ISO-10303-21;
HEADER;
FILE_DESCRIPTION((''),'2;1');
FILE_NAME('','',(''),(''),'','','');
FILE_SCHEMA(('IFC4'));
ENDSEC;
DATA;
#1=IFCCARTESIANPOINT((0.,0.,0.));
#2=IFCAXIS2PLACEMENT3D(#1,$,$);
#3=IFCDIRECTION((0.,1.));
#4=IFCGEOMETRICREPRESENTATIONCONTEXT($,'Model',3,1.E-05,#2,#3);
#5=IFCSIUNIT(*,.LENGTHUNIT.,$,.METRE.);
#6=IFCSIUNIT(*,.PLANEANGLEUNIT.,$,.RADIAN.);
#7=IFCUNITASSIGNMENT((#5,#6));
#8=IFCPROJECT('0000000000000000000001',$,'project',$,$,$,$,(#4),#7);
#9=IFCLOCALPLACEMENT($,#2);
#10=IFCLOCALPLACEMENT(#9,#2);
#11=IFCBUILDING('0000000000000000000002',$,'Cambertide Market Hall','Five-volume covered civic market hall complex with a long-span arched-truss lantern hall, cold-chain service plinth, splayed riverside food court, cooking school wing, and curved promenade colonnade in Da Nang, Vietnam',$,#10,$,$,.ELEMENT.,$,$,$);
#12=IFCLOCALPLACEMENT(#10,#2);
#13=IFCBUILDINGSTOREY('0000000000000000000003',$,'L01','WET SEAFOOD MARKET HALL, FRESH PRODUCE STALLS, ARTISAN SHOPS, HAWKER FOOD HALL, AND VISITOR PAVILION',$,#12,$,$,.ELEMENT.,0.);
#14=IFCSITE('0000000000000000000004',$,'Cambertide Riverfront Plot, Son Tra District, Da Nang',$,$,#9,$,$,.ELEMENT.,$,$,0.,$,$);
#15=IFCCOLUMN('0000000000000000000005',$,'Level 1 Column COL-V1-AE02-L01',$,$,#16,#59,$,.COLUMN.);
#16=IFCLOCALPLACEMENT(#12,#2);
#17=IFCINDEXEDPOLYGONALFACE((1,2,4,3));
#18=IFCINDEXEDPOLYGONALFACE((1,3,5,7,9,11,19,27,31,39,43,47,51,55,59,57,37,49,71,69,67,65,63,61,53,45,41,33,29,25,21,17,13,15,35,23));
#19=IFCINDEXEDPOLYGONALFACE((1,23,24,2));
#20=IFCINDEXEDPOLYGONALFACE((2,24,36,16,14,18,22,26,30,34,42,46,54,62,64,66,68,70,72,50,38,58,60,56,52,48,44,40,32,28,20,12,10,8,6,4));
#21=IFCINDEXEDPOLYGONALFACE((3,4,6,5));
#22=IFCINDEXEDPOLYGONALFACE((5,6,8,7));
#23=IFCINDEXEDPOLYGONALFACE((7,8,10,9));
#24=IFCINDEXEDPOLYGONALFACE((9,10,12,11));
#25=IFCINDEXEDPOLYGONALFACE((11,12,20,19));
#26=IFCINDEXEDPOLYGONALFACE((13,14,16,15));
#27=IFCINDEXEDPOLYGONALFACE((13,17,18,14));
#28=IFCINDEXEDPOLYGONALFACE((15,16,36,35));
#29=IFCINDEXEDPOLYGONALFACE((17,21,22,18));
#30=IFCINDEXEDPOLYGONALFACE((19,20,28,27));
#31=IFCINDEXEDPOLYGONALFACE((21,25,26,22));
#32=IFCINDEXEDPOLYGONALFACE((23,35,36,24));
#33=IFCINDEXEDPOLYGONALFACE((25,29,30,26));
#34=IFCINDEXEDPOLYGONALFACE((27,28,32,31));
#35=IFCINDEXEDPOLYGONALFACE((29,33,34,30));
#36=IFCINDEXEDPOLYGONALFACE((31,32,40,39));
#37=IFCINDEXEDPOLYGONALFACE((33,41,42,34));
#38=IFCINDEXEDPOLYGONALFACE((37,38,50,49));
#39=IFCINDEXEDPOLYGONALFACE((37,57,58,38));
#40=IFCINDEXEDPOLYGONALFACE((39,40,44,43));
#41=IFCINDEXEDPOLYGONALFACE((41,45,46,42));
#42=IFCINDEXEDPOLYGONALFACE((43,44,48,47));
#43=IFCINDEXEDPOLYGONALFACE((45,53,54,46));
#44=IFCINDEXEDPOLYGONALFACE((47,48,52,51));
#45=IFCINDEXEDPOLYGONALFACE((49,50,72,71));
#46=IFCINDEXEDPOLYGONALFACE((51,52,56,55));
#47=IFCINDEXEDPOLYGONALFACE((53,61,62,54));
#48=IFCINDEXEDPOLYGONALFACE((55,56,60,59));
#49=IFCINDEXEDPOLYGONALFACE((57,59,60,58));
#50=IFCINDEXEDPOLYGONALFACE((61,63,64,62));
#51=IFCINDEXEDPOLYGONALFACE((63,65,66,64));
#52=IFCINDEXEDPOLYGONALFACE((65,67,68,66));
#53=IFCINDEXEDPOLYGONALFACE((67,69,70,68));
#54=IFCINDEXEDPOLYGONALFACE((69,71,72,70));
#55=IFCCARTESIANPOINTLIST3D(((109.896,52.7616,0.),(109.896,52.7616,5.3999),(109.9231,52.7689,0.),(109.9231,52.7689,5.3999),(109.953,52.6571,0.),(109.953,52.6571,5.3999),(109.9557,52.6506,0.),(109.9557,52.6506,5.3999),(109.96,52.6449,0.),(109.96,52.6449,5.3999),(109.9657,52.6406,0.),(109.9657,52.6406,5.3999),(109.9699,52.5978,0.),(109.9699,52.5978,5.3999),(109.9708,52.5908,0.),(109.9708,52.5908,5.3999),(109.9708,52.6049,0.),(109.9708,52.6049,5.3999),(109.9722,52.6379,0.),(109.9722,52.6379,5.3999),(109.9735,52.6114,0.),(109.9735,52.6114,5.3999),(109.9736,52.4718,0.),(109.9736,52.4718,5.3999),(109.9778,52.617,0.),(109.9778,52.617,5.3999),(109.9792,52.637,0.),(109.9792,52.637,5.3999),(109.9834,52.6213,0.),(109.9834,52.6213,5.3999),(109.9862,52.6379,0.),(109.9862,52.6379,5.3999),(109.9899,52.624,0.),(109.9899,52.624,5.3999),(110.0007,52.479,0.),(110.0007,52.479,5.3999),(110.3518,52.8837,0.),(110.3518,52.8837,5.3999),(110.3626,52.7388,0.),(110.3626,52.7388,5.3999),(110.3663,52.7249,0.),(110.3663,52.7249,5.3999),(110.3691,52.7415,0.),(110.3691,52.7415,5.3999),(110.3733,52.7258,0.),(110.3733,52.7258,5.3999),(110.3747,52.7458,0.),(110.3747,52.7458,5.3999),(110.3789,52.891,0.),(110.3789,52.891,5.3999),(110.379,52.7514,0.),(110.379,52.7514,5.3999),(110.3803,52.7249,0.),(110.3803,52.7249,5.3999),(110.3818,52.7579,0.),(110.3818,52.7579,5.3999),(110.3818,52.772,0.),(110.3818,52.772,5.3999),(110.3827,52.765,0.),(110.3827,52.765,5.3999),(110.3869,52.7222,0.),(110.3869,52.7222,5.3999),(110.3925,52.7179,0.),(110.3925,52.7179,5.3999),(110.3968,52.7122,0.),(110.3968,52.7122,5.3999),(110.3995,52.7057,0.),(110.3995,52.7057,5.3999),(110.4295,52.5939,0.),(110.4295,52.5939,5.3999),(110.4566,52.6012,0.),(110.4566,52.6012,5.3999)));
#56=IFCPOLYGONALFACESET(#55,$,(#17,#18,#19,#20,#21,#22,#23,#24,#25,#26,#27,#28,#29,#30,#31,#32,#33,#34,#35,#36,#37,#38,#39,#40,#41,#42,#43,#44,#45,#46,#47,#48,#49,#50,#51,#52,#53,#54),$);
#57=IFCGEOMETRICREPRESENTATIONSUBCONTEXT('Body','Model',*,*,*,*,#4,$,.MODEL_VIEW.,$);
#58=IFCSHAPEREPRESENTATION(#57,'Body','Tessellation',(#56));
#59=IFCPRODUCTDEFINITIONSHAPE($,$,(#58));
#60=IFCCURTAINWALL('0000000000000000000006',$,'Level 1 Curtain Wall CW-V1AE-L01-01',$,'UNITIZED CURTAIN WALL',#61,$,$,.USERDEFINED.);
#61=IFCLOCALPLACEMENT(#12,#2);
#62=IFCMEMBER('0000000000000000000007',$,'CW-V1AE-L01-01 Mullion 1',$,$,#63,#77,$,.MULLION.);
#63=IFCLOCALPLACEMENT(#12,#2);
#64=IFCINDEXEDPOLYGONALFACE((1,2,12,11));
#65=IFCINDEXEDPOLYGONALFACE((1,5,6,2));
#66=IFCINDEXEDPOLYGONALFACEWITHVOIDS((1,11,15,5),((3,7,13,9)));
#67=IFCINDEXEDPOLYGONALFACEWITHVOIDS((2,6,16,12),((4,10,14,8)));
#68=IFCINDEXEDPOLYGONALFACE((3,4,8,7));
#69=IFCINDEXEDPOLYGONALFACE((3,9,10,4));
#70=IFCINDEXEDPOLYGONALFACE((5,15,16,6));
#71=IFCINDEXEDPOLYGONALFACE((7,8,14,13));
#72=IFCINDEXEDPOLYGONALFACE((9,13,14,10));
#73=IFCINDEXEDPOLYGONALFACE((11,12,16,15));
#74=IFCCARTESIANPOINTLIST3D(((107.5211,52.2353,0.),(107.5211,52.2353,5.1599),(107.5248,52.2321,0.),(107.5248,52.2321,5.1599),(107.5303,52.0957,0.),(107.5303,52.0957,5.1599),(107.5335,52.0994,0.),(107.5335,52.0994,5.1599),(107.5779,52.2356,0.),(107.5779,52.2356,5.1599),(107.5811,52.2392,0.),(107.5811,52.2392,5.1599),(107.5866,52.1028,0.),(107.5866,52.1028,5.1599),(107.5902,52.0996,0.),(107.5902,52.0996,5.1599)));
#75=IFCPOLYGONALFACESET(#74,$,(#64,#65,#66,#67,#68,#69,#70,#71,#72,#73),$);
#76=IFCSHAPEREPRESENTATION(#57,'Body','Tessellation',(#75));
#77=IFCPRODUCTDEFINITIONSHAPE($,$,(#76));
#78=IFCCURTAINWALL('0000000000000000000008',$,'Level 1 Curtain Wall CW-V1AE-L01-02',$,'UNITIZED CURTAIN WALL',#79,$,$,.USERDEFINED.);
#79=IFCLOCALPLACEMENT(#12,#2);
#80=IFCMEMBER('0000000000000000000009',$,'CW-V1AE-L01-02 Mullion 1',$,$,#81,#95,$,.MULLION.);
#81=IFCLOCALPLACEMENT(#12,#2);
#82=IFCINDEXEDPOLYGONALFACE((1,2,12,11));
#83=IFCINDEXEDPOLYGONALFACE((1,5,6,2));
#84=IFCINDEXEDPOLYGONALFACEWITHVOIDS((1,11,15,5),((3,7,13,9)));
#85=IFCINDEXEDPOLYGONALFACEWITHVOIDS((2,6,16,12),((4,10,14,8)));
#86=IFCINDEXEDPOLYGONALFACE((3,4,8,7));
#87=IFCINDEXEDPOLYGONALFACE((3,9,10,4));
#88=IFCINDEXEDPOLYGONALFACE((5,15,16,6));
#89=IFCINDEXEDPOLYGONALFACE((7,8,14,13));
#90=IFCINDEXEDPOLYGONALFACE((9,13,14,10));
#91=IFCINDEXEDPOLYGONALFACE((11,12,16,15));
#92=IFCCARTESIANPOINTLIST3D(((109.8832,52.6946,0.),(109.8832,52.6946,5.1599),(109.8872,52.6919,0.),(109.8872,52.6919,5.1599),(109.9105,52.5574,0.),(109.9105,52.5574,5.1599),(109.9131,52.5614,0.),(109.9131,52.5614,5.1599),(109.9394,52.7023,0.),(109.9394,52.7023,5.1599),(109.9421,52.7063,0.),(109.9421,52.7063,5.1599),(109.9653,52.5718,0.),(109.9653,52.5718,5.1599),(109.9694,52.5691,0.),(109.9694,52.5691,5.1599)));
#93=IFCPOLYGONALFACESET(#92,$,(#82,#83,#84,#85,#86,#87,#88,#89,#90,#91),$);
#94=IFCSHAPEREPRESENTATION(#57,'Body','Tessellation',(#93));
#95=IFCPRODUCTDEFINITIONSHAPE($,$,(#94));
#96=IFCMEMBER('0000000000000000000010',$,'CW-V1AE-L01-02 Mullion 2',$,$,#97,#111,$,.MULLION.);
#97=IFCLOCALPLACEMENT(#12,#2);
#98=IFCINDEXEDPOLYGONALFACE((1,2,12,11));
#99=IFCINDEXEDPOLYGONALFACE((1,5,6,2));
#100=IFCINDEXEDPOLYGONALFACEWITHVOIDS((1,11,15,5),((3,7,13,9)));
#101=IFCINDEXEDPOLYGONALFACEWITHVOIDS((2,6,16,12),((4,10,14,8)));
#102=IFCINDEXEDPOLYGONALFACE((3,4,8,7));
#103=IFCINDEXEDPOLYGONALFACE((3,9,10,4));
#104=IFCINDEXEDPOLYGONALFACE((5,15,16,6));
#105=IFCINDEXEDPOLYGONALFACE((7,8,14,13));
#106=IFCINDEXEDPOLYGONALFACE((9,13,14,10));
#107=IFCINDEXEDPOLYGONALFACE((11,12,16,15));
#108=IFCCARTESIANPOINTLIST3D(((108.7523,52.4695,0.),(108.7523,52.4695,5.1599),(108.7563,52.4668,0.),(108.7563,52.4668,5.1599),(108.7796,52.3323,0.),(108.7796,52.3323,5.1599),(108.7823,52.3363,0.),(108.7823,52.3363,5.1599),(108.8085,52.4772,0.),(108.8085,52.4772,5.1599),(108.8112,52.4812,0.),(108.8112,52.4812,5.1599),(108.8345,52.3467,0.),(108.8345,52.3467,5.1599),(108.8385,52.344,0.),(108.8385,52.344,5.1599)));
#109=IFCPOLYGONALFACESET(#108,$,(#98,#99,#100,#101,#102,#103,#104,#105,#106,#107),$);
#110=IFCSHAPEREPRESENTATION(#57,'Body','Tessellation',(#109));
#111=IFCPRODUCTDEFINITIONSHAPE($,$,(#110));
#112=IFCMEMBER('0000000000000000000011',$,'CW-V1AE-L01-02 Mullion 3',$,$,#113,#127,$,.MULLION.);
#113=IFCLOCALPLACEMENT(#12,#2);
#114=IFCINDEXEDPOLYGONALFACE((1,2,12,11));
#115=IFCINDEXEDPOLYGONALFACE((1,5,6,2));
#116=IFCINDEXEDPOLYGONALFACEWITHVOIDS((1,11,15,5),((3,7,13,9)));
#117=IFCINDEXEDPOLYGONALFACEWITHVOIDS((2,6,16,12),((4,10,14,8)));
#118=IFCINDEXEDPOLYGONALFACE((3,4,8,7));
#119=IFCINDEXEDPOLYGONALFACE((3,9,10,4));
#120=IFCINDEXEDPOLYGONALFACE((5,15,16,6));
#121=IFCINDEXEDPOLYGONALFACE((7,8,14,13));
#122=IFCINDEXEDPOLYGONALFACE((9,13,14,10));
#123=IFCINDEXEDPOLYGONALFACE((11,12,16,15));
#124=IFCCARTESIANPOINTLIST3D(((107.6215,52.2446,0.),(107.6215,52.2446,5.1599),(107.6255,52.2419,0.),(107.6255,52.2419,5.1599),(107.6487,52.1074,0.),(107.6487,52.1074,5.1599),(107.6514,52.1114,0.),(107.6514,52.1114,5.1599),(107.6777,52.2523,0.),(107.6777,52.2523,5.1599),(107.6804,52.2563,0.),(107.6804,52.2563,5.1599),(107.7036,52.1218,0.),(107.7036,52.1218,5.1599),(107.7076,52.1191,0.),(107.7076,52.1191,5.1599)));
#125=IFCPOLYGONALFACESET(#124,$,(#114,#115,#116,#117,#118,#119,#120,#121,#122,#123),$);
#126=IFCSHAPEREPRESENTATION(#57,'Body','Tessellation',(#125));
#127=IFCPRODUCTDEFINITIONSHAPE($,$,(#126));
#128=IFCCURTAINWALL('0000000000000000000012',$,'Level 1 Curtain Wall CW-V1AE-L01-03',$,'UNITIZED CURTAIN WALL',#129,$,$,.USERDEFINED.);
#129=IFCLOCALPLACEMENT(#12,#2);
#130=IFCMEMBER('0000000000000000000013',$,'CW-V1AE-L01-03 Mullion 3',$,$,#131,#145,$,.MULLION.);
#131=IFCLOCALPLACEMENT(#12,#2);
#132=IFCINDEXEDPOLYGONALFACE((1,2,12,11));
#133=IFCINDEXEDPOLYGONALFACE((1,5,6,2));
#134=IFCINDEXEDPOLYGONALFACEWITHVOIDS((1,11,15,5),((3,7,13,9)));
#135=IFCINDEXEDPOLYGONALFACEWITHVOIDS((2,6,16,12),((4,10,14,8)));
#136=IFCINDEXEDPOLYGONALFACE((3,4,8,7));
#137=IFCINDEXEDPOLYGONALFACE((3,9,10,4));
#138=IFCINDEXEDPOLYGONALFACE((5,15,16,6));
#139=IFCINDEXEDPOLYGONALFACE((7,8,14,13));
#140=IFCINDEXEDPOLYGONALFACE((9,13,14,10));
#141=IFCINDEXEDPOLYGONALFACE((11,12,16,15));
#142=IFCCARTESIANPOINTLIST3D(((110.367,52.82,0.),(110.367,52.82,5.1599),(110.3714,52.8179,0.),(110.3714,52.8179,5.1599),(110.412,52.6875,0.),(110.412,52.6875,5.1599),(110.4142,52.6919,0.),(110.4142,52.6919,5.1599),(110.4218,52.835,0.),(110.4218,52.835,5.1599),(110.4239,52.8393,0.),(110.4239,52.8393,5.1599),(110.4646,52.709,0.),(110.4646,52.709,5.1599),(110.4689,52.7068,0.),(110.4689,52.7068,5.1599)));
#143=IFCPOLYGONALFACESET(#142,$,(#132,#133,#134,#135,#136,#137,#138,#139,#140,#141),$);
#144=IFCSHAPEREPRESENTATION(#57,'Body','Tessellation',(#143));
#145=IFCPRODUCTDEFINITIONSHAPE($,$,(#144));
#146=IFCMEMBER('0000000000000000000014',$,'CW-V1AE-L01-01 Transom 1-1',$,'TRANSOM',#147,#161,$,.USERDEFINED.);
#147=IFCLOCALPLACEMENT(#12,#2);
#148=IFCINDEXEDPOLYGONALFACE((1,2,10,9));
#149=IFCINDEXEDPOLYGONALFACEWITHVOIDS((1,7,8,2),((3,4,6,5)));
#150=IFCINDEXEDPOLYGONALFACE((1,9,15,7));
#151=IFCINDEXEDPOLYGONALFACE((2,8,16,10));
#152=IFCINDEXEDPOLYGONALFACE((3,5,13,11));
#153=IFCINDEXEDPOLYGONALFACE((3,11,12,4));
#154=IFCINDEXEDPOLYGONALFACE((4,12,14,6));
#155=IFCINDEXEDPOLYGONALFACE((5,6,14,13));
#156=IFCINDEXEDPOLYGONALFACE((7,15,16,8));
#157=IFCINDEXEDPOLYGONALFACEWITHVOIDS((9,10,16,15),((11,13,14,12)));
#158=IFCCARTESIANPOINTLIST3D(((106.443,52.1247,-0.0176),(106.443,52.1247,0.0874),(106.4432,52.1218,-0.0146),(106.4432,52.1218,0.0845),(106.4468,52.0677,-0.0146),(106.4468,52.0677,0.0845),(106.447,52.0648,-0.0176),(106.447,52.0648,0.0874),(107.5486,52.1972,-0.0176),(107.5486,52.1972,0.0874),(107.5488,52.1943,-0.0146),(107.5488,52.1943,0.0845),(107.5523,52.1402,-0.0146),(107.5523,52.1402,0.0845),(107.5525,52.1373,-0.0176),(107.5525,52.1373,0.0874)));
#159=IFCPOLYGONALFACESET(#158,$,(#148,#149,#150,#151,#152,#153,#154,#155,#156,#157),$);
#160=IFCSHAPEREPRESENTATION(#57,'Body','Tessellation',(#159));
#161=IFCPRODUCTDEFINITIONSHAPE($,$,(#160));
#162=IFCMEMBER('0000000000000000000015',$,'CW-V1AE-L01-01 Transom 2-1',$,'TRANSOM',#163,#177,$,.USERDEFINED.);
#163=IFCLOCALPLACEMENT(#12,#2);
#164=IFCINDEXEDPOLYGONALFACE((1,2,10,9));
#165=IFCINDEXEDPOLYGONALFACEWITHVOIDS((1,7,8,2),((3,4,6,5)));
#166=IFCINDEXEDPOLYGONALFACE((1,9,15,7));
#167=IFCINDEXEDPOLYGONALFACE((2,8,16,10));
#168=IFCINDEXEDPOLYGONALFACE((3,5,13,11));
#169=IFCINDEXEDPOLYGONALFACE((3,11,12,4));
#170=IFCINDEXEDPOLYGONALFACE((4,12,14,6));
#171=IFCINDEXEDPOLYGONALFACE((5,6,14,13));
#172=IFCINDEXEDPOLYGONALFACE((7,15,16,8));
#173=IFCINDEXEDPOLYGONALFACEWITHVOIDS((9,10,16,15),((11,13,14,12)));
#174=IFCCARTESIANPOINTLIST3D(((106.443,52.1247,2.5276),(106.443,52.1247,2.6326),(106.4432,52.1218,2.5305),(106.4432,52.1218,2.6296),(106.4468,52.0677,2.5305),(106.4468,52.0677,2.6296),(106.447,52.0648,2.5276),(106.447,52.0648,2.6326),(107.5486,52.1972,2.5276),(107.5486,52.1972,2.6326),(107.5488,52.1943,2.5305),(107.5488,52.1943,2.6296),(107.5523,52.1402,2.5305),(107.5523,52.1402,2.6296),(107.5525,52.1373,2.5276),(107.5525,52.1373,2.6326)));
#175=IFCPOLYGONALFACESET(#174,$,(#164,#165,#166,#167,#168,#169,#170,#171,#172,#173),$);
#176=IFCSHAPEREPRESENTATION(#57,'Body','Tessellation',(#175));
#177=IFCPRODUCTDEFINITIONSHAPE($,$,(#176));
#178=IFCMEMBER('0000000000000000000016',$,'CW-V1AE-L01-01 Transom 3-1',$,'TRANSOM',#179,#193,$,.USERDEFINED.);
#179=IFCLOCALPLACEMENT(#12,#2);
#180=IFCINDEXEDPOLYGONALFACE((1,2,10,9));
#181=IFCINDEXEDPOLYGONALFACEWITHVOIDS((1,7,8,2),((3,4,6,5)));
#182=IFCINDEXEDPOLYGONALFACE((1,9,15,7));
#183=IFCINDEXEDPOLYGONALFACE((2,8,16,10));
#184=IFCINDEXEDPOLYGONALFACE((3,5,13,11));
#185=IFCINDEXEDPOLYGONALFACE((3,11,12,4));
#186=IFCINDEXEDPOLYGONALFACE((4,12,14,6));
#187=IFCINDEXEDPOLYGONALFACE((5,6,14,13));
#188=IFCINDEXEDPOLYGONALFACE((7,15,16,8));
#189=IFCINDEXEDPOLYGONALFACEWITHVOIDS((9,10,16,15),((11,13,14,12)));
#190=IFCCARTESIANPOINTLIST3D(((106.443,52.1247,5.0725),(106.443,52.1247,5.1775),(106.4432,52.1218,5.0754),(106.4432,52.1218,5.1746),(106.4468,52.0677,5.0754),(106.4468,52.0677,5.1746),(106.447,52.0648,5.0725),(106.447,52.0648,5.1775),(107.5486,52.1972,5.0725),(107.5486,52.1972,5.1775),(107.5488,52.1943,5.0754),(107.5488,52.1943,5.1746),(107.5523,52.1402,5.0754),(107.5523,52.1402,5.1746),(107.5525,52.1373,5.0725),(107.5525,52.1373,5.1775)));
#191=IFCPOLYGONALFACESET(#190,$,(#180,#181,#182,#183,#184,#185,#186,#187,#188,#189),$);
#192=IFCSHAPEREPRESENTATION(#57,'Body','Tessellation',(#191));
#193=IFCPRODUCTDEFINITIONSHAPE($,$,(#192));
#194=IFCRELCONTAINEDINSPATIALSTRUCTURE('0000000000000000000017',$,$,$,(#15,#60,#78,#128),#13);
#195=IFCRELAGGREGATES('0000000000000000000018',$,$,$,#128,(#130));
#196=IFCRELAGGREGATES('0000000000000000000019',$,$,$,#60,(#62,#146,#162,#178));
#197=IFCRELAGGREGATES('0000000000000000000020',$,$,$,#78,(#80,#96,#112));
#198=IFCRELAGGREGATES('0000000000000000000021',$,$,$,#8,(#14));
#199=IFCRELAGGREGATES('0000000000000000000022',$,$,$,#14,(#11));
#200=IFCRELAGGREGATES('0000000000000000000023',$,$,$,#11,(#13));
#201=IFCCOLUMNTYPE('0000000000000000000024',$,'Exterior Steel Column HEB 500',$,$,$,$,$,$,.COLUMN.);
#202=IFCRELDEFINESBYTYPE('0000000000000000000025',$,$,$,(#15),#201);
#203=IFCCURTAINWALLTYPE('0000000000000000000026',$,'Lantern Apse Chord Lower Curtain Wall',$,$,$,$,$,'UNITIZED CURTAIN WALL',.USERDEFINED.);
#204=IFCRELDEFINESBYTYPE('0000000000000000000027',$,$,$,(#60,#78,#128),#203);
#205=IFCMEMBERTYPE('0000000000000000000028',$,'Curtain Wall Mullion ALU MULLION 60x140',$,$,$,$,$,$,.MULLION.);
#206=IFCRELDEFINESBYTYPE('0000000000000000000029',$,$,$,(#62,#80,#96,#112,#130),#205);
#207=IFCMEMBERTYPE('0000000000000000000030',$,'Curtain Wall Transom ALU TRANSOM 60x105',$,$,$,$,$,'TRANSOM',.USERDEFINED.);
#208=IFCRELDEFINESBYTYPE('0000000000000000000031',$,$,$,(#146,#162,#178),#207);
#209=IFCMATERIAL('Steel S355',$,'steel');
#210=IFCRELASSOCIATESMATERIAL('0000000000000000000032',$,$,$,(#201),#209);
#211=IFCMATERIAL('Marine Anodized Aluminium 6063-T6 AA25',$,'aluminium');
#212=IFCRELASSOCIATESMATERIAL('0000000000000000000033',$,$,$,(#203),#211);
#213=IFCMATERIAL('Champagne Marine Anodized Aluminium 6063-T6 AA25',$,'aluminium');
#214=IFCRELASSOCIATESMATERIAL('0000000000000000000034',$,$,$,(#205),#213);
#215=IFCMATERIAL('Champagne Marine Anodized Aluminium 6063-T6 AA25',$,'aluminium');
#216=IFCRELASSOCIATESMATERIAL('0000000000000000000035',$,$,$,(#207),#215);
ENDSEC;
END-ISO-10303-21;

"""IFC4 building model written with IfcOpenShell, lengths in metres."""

from ifc_helpers import new_model, si_unit, direction, frame, origin, origin_2d, place, context, subcontext, project, spatial, hollow_rectangle, i_section, extrude, material, material_profile, profile_set, type_object, element, aggregate, save


model = new_model("IFC4")

# Units and contexts
model_context = context("Model", 3, precision=1e-05, world=origin(), true_north=direction((0.0, 1.0)))
body_context = subcontext(model_context, "Body", "Model", "MODEL_VIEW")
ifc_project = project(units=[si_unit("LENGTHUNIT", "METRE"), si_unit("PLANEANGLEUNIT", "RADIAN")], contexts=[model_context])

# Site, building, storey
site_placement = place(None, origin())
site = spatial("IfcSite", under=ifc_project, at=site_placement, Name="Cambertide Riverfront Plot, Son Tra District, Da Nang", CompositionType="ELEMENT", RefElevation=0.0)
building_placement = place(site_placement, origin())
building = spatial("IfcBuilding", under=site, at=building_placement, Name="Cambertide Market Hall", Description="Five-volume covered civic market hall complex with a long-span arched-truss lantern hall, cold-chain service plinth, splayed riverside food court, cooking school wing, and curved promenade colonnade in Da Nang, Vietnam", CompositionType="ELEMENT")
storey_placement = place(building_placement, origin())
storey = spatial("IfcBuildingStorey", under=building, at=storey_placement, Name="L01", Description="WET SEAFOOD MARKET HALL, FRESH PRODUCE STALLS, ARTISAN SHOPS, HAWKER FOOD HALL, AND VISITOR PAVILION", CompositionType="ELEMENT", Elevation=0.0)

# Column
ifc_material_1 = material(Name="Steel S355", Category="steel")
ifc_material_profile_1 = material_profile(ifc_material_1, i_section(OverallWidth=0.3, OverallDepth=0.5, WebThickness=0.0144, FlangeThickness=0.0281, FilletRadius=0.0271, at=origin_2d()), Name="HEB 500")
ifc_profile_set_1 = profile_set([ifc_material_profile_1], Name="Steel S355")
column_type = type_object("IfcColumnType", Name="Exterior Steel Column HEB 500", PredefinedType="COLUMN", material=ifc_profile_set_1)
column_placement = place(storey_placement, frame((110.1763, 52.6814, 0.0), z_axis=(0.0, 0.0, 1.0), x_axis=(0.258819, -0.965926, 0.0)))
element("IfcColumn", 1, at=column_placement, inside=storey, type_object=column_type, Name="Level 1 Column COL-V1-AE02-L01", PredefinedType="COLUMN", context=body_context, shape_type="SweptSolid", body=[
    extrude(i_section(OverallWidth=0.3, OverallDepth=0.5, WebThickness=0.0144, FlangeThickness=0.0281, FilletRadius=0.0271, at=origin_2d()), origin(), (0.0, 0.0, 1.0), 5.3999),
])

# Curtain wall, member
ifc_material_2 = material(Name="Marine Anodized Aluminium 6063-T6 AA25", Category="aluminium")
curtain_wall_type = type_object("IfcCurtainWallType", Name="Lantern Apse Chord Lower Curtain Wall", ElementType="UNITIZED CURTAIN WALL", PredefinedType="USERDEFINED", material=ifc_material_2)
curtain_wall_1_placement = place(storey_placement, origin())
curtain_wall_1 = element("IfcCurtainWall", 2, at=curtain_wall_1_placement, inside=storey, type_object=curtain_wall_type, Name="Level 1 Curtain Wall CW-V1AE-L01-01", ObjectType="UNITIZED CURTAIN WALL", PredefinedType="USERDEFINED")
ifc_material_3 = material(Name="Champagne Marine Anodized Aluminium 6063-T6 AA25", Category="aluminium")
ifc_material_profile_2 = material_profile(ifc_material_3, hollow_rectangle(XDim=0.0601, YDim=0.1399, WallThickness=0.0034, at=origin_2d()), Name="ALU MULLION 60x140")
ifc_profile_set_2 = profile_set([ifc_material_profile_2], Name="Champagne Marine Anodized Aluminium 6063-T6 AA25")
member_type_1 = type_object("IfcMemberType", Name="Curtain Wall Mullion ALU MULLION 60x140", PredefinedType="MULLION", material=ifc_profile_set_2)
member_1_placement = place(storey_placement, frame((107.5557, 52.1675, 0.0), z_axis=(0.0, 0.0, 1.0), x_axis=(-0.997859, -0.065403, 0.0)))
member_1 = element("IfcMember", 3, at=member_1_placement, type_object=member_type_1, Name="CW-V1AE-L01-01 Mullion 1", PredefinedType="MULLION", context=body_context, shape_type="SweptSolid", body=[
    extrude(hollow_rectangle(XDim=0.0601, YDim=0.1399, WallThickness=0.0034, at=origin_2d()), origin(), (0.0, 0.0, 1.0), 5.1599),
])

# Curtain wall, members
curtain_wall_2_placement = place(storey_placement, origin())
curtain_wall_2 = element("IfcCurtainWall", 4, at=curtain_wall_2_placement, inside=storey, type_object=curtain_wall_type, Name="Level 1 Curtain Wall CW-V1AE-L01-02", ObjectType="UNITIZED CURTAIN WALL", PredefinedType="USERDEFINED")
member_2_placement = place(storey_placement, frame((109.9263, 52.6318, 0.0), z_axis=(0.0, 0.0, 1.0), x_axis=(-0.980785, -0.19509, 0.0)))
member_2 = element("IfcMember", 5, at=member_2_placement, type_object=member_type_1, Name="CW-V1AE-L01-02 Mullion 1", PredefinedType="MULLION", context=body_context, shape_type="SweptSolid", body=[
    extrude(hollow_rectangle(XDim=0.0601, YDim=0.1399, WallThickness=0.0034, at=origin_2d()), origin(), (0.0, 0.0, 1.0), 5.1599),
])
member_3_placement = place(storey_placement, frame((108.7954, 52.4067, 0.0), z_axis=(0.0, 0.0, 1.0), x_axis=(-0.980785, -0.19509, 0.0)))
member_3 = element("IfcMember", 6, at=member_3_placement, type_object=member_type_1, Name="CW-V1AE-L01-02 Mullion 2", PredefinedType="MULLION", context=body_context, shape_type="SweptSolid", body=[
    extrude(hollow_rectangle(XDim=0.0601, YDim=0.1399, WallThickness=0.0034, at=origin_2d()), origin(), (0.0, 0.0, 1.0), 5.1599),
])
member_4_placement = place(storey_placement, frame((107.6646, 52.1819, 0.0), z_axis=(0.0, 0.0, 1.0), x_axis=(-0.980785, -0.19509, 0.0)))
member_4 = element("IfcMember", 7, at=member_4_placement, type_object=member_type_1, Name="CW-V1AE-L01-02 Mullion 3", PredefinedType="MULLION", context=body_context, shape_type="SweptSolid", body=[
    extrude(hollow_rectangle(XDim=0.0601, YDim=0.1399, WallThickness=0.0034, at=origin_2d()), origin(), (0.0, 0.0, 1.0), 5.1599),
])

# Curtain wall, member
curtain_wall_3_placement = place(storey_placement, origin())
curtain_wall_3 = element("IfcCurtainWall", 8, at=curtain_wall_3_placement, inside=storey, type_object=curtain_wall_type, Name="Level 1 Curtain Wall CW-V1AE-L01-03", ObjectType="UNITIZED CURTAIN WALL", PredefinedType="USERDEFINED")
member_5_placement = place(storey_placement, frame((110.418, 52.7634, 0.0), z_axis=(0.0, 0.0, 1.0), x_axis=(-0.94693, -0.321439, 0.0)))
member_5 = element("IfcMember", 9, at=member_5_placement, type_object=member_type_1, Name="CW-V1AE-L01-03 Mullion 3", PredefinedType="MULLION", context=body_context, shape_type="SweptSolid", body=[
    extrude(hollow_rectangle(XDim=0.0601, YDim=0.1399, WallThickness=0.0034, at=origin_2d()), origin(), (0.0, 0.0, 1.0), 5.1599),
])
aggregate(curtain_wall_3, [member_5])

# Members
ifc_material_4 = material(Name="Champagne Marine Anodized Aluminium 6063-T6 AA25", Category="aluminium")
ifc_material_profile_3 = material_profile(ifc_material_4, hollow_rectangle(XDim=0.0601, YDim=0.105, WallThickness=0.0029, at=origin_2d()), Name="ALU TRANSOM 60x105")
ifc_profile_set_3 = profile_set([ifc_material_profile_3], Name="Champagne Marine Anodized Aluminium 6063-T6 AA25")
member_type_2 = type_object("IfcMemberType", Name="Curtain Wall Transom ALU TRANSOM 60x105", ElementType="TRANSOM", PredefinedType="USERDEFINED", material=ifc_profile_set_3)
member_6_placement = place(storey_placement, frame((107.5505, 52.1672, 0.0349), z_axis=(-0.997856, -0.065451, 0.0), x_axis=(0.065451, -0.997856, 0.0)))
member_6 = element("IfcMember", 10, at=member_6_placement, type_object=member_type_2, Name="CW-V1AE-L01-01 Transom 1-1", ObjectType="TRANSOM", PredefinedType="USERDEFINED", context=body_context, shape_type="SweptSolid", body=[
    extrude(hollow_rectangle(XDim=0.0601, YDim=0.105, WallThickness=0.0029, at=origin_2d()), origin(), (0.0, 0.0, 1.0), 1.1079),
])
member_7_placement = place(storey_placement, frame((107.5505, 52.1672, 2.5801), z_axis=(-0.997856, -0.065451, 0.0), x_axis=(0.065451, -0.997856, 0.0)))
member_7 = element("IfcMember", 11, at=member_7_placement, type_object=member_type_2, Name="CW-V1AE-L01-01 Transom 2-1", ObjectType="TRANSOM", PredefinedType="USERDEFINED", context=body_context, shape_type="SweptSolid", body=[
    extrude(hollow_rectangle(XDim=0.0601, YDim=0.105, WallThickness=0.0029, at=origin_2d()), origin(), (0.0, 0.0, 1.0), 1.1079),
])
member_8_placement = place(storey_placement, frame((107.5505, 52.1672, 5.125), z_axis=(-0.997856, -0.065451, 0.0), x_axis=(0.065451, -0.997856, 0.0)))
member_8 = element("IfcMember", 12, at=member_8_placement, type_object=member_type_2, Name="CW-V1AE-L01-01 Transom 3-1", ObjectType="TRANSOM", PredefinedType="USERDEFINED", context=body_context, shape_type="SweptSolid", body=[
    extrude(hollow_rectangle(XDim=0.0601, YDim=0.105, WallThickness=0.0029, at=origin_2d()), origin(), (0.0, 0.0, 1.0), 1.1079),
])

aggregate(curtain_wall_1, [member_1, member_6, member_7, member_8])
aggregate(curtain_wall_2, [member_2, member_3, member_4])

save(model, "model.ifc")
